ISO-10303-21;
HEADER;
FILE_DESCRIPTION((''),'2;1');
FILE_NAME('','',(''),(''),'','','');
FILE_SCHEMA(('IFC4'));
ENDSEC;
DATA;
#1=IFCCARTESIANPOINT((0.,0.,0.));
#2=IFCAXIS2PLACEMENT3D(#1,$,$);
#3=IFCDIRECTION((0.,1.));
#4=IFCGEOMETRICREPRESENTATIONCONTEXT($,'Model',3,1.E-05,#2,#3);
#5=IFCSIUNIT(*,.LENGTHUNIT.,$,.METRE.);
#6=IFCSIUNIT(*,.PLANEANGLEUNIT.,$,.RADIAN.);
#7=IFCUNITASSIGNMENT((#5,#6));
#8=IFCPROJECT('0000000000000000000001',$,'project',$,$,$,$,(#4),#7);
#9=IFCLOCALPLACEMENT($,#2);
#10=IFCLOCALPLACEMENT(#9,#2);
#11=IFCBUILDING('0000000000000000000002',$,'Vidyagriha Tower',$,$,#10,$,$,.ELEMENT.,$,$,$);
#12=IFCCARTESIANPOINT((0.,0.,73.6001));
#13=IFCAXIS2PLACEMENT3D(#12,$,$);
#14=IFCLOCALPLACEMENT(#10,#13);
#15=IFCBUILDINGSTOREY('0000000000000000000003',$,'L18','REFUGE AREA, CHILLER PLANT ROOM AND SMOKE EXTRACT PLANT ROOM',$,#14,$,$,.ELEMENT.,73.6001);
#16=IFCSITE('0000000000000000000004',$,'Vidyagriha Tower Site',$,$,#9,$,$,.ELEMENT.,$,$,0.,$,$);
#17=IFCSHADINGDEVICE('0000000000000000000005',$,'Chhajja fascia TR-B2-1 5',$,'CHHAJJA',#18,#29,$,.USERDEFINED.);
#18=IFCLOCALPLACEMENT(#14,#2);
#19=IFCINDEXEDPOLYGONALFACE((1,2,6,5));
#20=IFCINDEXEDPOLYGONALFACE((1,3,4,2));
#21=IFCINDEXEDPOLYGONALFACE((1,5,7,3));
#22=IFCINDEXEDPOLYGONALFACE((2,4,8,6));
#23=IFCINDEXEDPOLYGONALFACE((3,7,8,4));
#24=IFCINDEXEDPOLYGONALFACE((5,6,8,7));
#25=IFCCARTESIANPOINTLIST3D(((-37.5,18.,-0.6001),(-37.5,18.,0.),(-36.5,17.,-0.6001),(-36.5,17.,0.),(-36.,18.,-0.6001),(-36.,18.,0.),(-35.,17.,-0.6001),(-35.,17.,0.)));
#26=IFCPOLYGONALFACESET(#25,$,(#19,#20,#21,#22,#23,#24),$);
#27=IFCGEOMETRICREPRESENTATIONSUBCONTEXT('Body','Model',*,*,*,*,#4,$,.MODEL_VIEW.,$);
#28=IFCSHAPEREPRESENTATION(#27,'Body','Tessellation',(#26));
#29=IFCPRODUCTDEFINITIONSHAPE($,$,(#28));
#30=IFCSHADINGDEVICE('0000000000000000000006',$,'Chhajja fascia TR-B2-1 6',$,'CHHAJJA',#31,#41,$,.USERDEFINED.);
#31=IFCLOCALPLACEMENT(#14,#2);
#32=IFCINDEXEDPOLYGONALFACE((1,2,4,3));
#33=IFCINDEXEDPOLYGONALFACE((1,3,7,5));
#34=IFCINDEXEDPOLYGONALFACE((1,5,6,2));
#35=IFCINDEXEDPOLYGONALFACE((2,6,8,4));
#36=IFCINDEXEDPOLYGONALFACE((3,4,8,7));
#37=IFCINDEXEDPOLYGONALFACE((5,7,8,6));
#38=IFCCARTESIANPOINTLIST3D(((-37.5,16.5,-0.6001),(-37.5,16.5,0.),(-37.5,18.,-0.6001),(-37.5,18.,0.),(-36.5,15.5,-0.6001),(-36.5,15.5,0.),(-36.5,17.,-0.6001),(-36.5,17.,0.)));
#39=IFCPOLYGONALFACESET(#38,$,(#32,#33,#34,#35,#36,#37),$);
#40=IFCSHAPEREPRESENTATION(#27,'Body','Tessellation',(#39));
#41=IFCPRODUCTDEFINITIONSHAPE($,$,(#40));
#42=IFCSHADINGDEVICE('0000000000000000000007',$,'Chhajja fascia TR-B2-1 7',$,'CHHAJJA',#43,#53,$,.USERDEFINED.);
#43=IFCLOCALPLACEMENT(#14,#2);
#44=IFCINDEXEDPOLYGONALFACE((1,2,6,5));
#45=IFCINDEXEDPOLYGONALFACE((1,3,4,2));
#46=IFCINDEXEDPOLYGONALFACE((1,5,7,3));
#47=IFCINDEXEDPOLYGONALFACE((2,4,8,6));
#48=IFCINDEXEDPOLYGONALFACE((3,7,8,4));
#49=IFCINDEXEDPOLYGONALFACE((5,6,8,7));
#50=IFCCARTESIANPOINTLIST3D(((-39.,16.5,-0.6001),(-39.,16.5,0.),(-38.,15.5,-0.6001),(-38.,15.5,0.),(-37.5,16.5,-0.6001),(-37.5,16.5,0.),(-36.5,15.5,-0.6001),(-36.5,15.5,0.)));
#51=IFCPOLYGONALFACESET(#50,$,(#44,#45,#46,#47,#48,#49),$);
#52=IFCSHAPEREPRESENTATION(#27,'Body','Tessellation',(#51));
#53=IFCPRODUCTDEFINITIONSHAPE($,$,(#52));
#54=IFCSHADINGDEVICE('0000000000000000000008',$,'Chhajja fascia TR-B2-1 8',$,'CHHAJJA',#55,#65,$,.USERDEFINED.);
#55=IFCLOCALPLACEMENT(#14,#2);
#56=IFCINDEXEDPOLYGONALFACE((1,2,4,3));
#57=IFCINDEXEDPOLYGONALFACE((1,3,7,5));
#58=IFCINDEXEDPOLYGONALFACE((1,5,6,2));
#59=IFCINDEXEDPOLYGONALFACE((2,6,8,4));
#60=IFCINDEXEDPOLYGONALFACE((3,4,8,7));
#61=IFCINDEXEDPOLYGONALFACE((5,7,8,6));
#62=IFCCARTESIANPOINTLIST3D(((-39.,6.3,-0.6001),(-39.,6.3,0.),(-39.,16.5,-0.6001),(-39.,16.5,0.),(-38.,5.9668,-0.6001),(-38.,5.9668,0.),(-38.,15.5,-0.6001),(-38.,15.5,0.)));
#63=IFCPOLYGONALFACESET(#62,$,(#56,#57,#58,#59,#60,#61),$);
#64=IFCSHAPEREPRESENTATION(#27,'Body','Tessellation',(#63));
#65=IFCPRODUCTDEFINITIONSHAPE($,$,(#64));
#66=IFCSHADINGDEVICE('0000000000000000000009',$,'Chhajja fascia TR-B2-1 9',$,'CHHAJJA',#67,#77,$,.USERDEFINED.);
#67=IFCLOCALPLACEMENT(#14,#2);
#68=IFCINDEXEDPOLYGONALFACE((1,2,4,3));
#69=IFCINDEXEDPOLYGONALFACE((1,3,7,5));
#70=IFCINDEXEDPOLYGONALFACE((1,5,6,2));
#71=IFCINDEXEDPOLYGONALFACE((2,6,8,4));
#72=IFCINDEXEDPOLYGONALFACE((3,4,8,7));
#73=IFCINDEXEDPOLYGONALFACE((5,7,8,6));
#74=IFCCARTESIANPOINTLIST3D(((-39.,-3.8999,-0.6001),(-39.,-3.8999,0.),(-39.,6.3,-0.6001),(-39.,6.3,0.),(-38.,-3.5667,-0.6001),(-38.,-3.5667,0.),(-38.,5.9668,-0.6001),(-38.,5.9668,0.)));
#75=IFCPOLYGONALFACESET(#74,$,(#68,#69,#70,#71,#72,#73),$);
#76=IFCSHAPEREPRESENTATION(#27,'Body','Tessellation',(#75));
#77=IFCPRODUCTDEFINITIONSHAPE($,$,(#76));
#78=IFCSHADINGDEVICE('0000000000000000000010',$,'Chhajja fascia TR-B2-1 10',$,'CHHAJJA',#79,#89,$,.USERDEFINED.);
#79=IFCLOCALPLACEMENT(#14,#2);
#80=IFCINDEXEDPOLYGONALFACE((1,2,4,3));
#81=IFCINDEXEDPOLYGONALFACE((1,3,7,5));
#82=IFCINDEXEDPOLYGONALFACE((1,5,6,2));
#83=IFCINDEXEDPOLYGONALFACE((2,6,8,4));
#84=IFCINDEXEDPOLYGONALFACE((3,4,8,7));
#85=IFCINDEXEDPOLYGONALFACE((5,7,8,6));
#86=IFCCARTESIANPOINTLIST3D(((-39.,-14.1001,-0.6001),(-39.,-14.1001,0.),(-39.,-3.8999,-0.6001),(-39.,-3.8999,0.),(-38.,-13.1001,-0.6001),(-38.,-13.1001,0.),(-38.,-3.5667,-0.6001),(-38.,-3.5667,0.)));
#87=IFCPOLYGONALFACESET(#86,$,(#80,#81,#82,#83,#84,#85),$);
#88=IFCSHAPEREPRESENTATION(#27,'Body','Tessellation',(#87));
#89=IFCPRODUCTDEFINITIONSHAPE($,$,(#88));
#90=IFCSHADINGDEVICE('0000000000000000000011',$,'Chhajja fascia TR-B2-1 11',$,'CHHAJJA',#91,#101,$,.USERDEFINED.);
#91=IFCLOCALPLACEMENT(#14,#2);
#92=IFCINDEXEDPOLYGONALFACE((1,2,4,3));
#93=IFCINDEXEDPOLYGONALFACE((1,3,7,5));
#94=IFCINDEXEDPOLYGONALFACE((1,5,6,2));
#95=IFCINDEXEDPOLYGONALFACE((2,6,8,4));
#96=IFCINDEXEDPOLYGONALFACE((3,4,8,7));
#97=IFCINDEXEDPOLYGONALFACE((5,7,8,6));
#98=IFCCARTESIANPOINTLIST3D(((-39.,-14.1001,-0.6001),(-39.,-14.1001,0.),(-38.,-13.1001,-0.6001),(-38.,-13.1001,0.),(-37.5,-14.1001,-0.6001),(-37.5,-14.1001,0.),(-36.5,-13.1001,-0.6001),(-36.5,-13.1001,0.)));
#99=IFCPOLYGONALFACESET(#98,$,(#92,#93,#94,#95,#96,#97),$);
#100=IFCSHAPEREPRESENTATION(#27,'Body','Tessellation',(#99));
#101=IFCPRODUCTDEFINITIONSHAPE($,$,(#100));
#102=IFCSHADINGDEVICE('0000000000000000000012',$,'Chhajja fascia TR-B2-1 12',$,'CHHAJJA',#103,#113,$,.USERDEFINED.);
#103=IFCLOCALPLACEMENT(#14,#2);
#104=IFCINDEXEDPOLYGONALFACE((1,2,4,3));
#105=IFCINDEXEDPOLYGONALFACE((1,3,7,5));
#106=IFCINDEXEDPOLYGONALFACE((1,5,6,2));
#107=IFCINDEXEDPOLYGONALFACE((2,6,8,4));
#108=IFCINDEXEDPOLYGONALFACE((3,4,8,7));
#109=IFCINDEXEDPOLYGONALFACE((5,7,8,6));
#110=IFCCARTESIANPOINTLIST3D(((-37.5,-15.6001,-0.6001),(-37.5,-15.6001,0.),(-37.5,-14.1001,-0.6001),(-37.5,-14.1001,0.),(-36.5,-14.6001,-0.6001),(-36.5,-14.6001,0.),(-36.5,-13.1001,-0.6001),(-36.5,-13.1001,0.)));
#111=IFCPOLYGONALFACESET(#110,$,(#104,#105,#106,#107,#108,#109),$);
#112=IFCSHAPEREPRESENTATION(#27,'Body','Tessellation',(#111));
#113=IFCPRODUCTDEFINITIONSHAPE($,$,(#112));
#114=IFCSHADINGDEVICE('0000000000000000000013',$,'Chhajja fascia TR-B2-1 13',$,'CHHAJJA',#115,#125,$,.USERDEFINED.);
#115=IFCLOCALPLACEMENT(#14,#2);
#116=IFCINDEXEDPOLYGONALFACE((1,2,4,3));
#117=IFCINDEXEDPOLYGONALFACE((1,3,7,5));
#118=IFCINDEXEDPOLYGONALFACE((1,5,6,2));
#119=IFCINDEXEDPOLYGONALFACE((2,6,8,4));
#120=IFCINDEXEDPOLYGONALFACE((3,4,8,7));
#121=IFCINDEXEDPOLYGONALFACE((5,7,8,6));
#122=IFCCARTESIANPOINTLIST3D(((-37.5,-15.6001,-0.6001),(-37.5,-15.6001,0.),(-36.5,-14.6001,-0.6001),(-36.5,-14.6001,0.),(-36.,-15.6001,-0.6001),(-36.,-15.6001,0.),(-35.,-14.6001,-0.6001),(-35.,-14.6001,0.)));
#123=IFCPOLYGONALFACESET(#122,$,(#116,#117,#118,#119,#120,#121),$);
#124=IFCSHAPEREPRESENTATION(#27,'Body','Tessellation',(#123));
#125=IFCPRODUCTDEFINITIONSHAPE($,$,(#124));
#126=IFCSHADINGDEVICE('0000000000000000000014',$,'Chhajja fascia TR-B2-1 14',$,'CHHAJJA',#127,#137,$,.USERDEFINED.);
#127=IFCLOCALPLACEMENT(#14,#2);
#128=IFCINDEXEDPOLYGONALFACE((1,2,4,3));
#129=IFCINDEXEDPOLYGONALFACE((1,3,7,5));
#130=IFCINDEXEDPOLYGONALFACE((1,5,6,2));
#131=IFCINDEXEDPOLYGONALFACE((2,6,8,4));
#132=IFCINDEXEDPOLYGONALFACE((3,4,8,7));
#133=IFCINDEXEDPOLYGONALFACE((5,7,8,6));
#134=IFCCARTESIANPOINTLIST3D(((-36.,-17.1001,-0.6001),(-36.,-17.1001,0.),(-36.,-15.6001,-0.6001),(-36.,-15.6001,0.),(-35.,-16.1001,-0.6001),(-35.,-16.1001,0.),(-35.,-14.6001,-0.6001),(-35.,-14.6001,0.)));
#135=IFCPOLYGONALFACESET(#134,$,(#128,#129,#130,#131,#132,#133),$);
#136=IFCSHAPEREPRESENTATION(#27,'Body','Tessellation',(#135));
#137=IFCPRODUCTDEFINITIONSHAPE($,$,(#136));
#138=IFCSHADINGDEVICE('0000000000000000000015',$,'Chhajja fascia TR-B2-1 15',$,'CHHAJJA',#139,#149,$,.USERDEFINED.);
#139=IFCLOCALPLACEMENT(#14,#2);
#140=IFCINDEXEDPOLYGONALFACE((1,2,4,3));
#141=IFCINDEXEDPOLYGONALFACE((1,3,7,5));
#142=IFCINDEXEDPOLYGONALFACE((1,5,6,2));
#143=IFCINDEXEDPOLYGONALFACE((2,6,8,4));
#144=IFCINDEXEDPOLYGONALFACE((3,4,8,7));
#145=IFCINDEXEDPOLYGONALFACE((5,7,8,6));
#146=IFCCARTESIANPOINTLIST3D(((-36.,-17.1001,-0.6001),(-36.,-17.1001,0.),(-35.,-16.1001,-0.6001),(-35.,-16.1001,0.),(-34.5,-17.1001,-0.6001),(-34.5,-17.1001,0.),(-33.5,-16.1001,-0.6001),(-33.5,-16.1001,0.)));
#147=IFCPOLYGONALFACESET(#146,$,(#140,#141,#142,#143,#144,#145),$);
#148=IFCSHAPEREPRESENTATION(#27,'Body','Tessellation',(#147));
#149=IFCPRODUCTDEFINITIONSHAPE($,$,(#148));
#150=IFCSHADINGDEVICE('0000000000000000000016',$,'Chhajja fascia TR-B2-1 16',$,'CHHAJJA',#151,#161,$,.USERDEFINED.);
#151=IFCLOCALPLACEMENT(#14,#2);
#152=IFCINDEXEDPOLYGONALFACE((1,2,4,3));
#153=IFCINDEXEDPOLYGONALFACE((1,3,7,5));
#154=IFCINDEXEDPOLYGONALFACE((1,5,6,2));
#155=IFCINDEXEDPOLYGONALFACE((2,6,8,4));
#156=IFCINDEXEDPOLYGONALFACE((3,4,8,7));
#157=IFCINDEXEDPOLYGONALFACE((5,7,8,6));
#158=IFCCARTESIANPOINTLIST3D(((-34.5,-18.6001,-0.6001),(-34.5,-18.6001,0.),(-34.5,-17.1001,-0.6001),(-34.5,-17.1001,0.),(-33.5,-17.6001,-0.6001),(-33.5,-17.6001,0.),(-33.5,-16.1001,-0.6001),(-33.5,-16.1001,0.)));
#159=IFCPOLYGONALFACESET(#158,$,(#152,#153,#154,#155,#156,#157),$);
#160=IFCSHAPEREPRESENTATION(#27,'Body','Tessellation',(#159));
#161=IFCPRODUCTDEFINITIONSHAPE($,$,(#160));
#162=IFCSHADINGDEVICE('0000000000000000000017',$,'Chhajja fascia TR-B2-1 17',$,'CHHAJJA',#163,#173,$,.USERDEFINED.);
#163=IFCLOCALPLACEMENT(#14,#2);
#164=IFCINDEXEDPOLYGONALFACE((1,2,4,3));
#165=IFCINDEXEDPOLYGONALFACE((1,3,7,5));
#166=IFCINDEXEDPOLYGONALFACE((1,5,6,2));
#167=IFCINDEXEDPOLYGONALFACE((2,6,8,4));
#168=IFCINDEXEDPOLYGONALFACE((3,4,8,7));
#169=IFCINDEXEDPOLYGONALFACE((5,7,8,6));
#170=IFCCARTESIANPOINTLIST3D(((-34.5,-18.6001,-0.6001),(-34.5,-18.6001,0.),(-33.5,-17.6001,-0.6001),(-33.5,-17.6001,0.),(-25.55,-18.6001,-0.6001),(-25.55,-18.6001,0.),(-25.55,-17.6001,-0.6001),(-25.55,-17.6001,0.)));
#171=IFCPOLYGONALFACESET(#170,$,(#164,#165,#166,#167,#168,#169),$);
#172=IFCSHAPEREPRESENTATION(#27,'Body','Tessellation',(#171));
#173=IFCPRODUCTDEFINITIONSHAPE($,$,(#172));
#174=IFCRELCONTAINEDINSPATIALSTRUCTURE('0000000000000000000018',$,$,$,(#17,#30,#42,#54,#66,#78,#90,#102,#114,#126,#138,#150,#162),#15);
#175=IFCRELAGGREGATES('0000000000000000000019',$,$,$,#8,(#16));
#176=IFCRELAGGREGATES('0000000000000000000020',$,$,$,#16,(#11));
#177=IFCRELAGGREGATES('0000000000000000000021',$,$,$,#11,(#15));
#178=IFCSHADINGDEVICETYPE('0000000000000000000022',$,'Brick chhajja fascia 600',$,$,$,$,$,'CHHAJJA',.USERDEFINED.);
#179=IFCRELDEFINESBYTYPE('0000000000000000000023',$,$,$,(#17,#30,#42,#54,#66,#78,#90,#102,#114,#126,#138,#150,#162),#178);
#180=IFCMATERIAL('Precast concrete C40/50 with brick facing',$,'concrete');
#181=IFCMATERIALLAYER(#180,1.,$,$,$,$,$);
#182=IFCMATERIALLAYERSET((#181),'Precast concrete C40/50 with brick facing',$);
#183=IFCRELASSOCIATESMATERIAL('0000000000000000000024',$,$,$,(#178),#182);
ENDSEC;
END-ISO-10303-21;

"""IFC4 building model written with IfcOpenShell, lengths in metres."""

from ifc_helpers import new_model, si_unit, direction, frame, origin, place, context, subcontext, project, spatial, polyline, outline, extrude, material, layer, layer_set, type_object, element, save


model = new_model("IFC4")

# Units and contexts
model_context = context("Model", 3, precision=1e-05, world=origin(), true_north=direction((0.0, 1.0)))
body_context = subcontext(model_context, "Body", "Model", "MODEL_VIEW")
ifc_project = project(units=[si_unit("LENGTHUNIT", "METRE"), si_unit("PLANEANGLEUNIT", "RADIAN")], contexts=[model_context])

# Site, building, storey
site_placement = place(None, origin())
site = spatial("IfcSite", under=ifc_project, at=site_placement, Name="Vidyagriha Tower Site", CompositionType="ELEMENT", RefElevation=0.0)
building_placement = place(site_placement, origin())
building = spatial("IfcBuilding", under=site, at=building_placement, Name="Vidyagriha Tower", CompositionType="ELEMENT")
storey_placement = place(building_placement, frame((0.0, 0.0, 73.6001)))
storey = spatial("IfcBuildingStorey", under=building, at=storey_placement, Name="L18", Description="REFUGE AREA, CHILLER PLANT ROOM AND SMOKE EXTRACT PLANT ROOM", CompositionType="ELEMENT", Elevation=73.6001)

# Shading devices
ifc_material_1 = material(Name="Precast concrete C40/50 with brick facing", Category="concrete")
ifc_layer_1 = layer(ifc_material_1, 1.0)
ifc_layer_set_1 = layer_set([ifc_layer_1], Name="Precast concrete C40/50 with brick facing")
shading_device_type = type_object("IfcShadingDeviceType", Name="Brick chhajja fascia 600", ElementType="CHHAJJA", PredefinedType="USERDEFINED", material=ifc_layer_set_1)
shading_device_1_placement = place(storey_placement, frame((0.0, 0.0, -0.6001)))
element("IfcShadingDevice", 1, at=shading_device_1_placement, inside=storey, type_object=shading_device_type, Name="Chhajja fascia TR-B2-1 5", ObjectType="CHHAJJA", PredefinedType="USERDEFINED", context=body_context, shape_type="SweptSolid", body=[
    extrude(outline(polyline([(-35.0, 17.0), (-36.0, 18.0), (-37.5, 18.0), (-36.5, 17.0), (-35.0, 17.0)])), origin(), (0.0, 0.0, 1.0), 0.6001),
])
shading_device_2_placement = place(storey_placement, frame((0.0, 0.0, -0.6001)))
element("IfcShadingDevice", 2, at=shading_device_2_placement, inside=storey, type_object=shading_device_type, Name="Chhajja fascia TR-B2-1 6", ObjectType="CHHAJJA", PredefinedType="USERDEFINED", context=body_context, shape_type="SweptSolid", body=[
    extrude(outline(polyline([(-36.5, 17.0), (-37.5, 18.0), (-37.5, 16.5), (-36.5, 15.5), (-36.5, 17.0)])), origin(), (0.0, 0.0, 1.0), 0.6001),
])
shading_device_3_placement = place(storey_placement, frame((0.0, 0.0, -0.6001)))
element("IfcShadingDevice", 3, at=shading_device_3_placement, inside=storey, type_object=shading_device_type, Name="Chhajja fascia TR-B2-1 7", ObjectType="CHHAJJA", PredefinedType="USERDEFINED", context=body_context, shape_type="SweptSolid", body=[
    extrude(outline(polyline([(-36.5, 15.5), (-37.5, 16.5), (-39.0, 16.5), (-38.0, 15.5), (-36.5, 15.5)])), origin(), (0.0, 0.0, 1.0), 0.6001),
])
shading_device_4_placement = place(storey_placement, frame((0.0, 0.0, -0.6001)))
element("IfcShadingDevice", 4, at=shading_device_4_placement, inside=storey, type_object=shading_device_type, Name="Chhajja fascia TR-B2-1 8", ObjectType="CHHAJJA", PredefinedType="USERDEFINED", context=body_context, shape_type="SweptSolid", body=[
    extrude(outline(polyline([(-38.0, 15.5), (-39.0, 16.5), (-39.0, 6.3), (-38.0, 5.9668), (-38.0, 15.5)])), origin(), (0.0, 0.0, 1.0), 0.6001),
])
shading_device_5_placement = place(storey_placement, frame((0.0, 0.0, -0.6001)))
element("IfcShadingDevice", 5, at=shading_device_5_placement, inside=storey, type_object=shading_device_type, Name="Chhajja fascia TR-B2-1 9", ObjectType="CHHAJJA", PredefinedType="USERDEFINED", context=body_context, shape_type="SweptSolid", body=[
    extrude(outline(polyline([(-38.0, 5.9668), (-39.0, 6.3), (-39.0, -3.8999), (-38.0, -3.5667), (-38.0, 5.9668)])), origin(), (0.0, 0.0, 1.0), 0.6001),
])
shading_device_6_placement = place(storey_placement, frame((0.0, 0.0, -0.6001)))
element("IfcShadingDevice", 6, at=shading_device_6_placement, inside=storey, type_object=shading_device_type, Name="Chhajja fascia TR-B2-1 10", ObjectType="CHHAJJA", PredefinedType="USERDEFINED", context=body_context, shape_type="SweptSolid", body=[
    extrude(outline(polyline([(-38.0, -3.5667), (-39.0, -3.8999), (-39.0, -14.1001), (-38.0, -13.1001), (-38.0, -3.5667)])), origin(), (0.0, 0.0, 1.0), 0.6001),
])
shading_device_7_placement = place(storey_placement, frame((0.0, 0.0, -0.6001)))
element("IfcShadingDevice", 7, at=shading_device_7_placement, inside=storey, type_object=shading_device_type, Name="Chhajja fascia TR-B2-1 11", ObjectType="CHHAJJA", PredefinedType="USERDEFINED", context=body_context, shape_type="SweptSolid", body=[
    extrude(outline(polyline([(-38.0, -13.1001), (-39.0, -14.1001), (-37.5, -14.1001), (-36.5, -13.1001), (-38.0, -13.1001)])), origin(), (0.0, 0.0, 1.0), 0.6001),
])
shading_device_8_placement = place(storey_placement, frame((0.0, 0.0, -0.6001)))
element("IfcShadingDevice", 8, at=shading_device_8_placement, inside=storey, type_object=shading_device_type, Name="Chhajja fascia TR-B2-1 12", ObjectType="CHHAJJA", PredefinedType="USERDEFINED", context=body_context, shape_type="SweptSolid", body=[
    extrude(outline(polyline([(-36.5, -13.1001), (-37.5, -14.1001), (-37.5, -15.6001), (-36.5, -14.6001), (-36.5, -13.1001)])), origin(), (0.0, 0.0, 1.0), 0.6001),
])
shading_device_9_placement = place(storey_placement, frame((0.0, 0.0, -0.6001)))
element("IfcShadingDevice", 9, at=shading_device_9_placement, inside=storey, type_object=shading_device_type, Name="Chhajja fascia TR-B2-1 13", ObjectType="CHHAJJA", PredefinedType="USERDEFINED", context=body_context, shape_type="SweptSolid", body=[
    extrude(outline(polyline([(-36.5, -14.6001), (-37.5, -15.6001), (-36.0, -15.6001), (-35.0, -14.6001), (-36.5, -14.6001)])), origin(), (0.0, 0.0, 1.0), 0.6001),
])
shading_device_10_placement = place(storey_placement, frame((0.0, 0.0, -0.6001)))
element("IfcShadingDevice", 10, at=shading_device_10_placement, inside=storey, type_object=shading_device_type, Name="Chhajja fascia TR-B2-1 14", ObjectType="CHHAJJA", PredefinedType="USERDEFINED", context=body_context, shape_type="SweptSolid", body=[
    extrude(outline(polyline([(-35.0, -14.6001), (-36.0, -15.6001), (-36.0, -17.1001), (-35.0, -16.1001), (-35.0, -14.6001)])), origin(), (0.0, 0.0, 1.0), 0.6001),
])
shading_device_11_placement = place(storey_placement, frame((0.0, 0.0, -0.6001)))
element("IfcShadingDevice", 11, at=shading_device_11_placement, inside=storey, type_object=shading_device_type, Name="Chhajja fascia TR-B2-1 15", ObjectType="CHHAJJA", PredefinedType="USERDEFINED", context=body_context, shape_type="SweptSolid", body=[
    extrude(outline(polyline([(-35.0, -16.1001), (-36.0, -17.1001), (-34.5, -17.1001), (-33.5, -16.1001), (-35.0, -16.1001)])), origin(), (0.0, 0.0, 1.0), 0.6001),
])
shading_device_12_placement = place(storey_placement, frame((0.0, 0.0, -0.6001)))
element("IfcShadingDevice", 12, at=shading_device_12_placement, inside=storey, type_object=shading_device_type, Name="Chhajja fascia TR-B2-1 16", ObjectType="CHHAJJA", PredefinedType="USERDEFINED", context=body_context, shape_type="SweptSolid", body=[
    extrude(outline(polyline([(-33.5, -16.1001), (-34.5, -17.1001), (-34.5, -18.6001), (-33.5, -17.6001), (-33.5, -16.1001)])), origin(), (0.0, 0.0, 1.0), 0.6001),
])
shading_device_13_placement = place(storey_placement, frame((0.0, 0.0, -0.6001)))
element("IfcShadingDevice", 13, at=shading_device_13_placement, inside=storey, type_object=shading_device_type, Name="Chhajja fascia TR-B2-1 17", ObjectType="CHHAJJA", PredefinedType="USERDEFINED", context=body_context, shape_type="SweptSolid", body=[
    extrude(outline(polyline([(-33.5, -17.6001), (-34.5, -18.6001), (-25.55, -18.6001), (-25.55, -17.6001), (-33.5, -17.6001)])), origin(), (0.0, 0.0, 1.0), 0.6001),
])

save(model, "model.ifc")
